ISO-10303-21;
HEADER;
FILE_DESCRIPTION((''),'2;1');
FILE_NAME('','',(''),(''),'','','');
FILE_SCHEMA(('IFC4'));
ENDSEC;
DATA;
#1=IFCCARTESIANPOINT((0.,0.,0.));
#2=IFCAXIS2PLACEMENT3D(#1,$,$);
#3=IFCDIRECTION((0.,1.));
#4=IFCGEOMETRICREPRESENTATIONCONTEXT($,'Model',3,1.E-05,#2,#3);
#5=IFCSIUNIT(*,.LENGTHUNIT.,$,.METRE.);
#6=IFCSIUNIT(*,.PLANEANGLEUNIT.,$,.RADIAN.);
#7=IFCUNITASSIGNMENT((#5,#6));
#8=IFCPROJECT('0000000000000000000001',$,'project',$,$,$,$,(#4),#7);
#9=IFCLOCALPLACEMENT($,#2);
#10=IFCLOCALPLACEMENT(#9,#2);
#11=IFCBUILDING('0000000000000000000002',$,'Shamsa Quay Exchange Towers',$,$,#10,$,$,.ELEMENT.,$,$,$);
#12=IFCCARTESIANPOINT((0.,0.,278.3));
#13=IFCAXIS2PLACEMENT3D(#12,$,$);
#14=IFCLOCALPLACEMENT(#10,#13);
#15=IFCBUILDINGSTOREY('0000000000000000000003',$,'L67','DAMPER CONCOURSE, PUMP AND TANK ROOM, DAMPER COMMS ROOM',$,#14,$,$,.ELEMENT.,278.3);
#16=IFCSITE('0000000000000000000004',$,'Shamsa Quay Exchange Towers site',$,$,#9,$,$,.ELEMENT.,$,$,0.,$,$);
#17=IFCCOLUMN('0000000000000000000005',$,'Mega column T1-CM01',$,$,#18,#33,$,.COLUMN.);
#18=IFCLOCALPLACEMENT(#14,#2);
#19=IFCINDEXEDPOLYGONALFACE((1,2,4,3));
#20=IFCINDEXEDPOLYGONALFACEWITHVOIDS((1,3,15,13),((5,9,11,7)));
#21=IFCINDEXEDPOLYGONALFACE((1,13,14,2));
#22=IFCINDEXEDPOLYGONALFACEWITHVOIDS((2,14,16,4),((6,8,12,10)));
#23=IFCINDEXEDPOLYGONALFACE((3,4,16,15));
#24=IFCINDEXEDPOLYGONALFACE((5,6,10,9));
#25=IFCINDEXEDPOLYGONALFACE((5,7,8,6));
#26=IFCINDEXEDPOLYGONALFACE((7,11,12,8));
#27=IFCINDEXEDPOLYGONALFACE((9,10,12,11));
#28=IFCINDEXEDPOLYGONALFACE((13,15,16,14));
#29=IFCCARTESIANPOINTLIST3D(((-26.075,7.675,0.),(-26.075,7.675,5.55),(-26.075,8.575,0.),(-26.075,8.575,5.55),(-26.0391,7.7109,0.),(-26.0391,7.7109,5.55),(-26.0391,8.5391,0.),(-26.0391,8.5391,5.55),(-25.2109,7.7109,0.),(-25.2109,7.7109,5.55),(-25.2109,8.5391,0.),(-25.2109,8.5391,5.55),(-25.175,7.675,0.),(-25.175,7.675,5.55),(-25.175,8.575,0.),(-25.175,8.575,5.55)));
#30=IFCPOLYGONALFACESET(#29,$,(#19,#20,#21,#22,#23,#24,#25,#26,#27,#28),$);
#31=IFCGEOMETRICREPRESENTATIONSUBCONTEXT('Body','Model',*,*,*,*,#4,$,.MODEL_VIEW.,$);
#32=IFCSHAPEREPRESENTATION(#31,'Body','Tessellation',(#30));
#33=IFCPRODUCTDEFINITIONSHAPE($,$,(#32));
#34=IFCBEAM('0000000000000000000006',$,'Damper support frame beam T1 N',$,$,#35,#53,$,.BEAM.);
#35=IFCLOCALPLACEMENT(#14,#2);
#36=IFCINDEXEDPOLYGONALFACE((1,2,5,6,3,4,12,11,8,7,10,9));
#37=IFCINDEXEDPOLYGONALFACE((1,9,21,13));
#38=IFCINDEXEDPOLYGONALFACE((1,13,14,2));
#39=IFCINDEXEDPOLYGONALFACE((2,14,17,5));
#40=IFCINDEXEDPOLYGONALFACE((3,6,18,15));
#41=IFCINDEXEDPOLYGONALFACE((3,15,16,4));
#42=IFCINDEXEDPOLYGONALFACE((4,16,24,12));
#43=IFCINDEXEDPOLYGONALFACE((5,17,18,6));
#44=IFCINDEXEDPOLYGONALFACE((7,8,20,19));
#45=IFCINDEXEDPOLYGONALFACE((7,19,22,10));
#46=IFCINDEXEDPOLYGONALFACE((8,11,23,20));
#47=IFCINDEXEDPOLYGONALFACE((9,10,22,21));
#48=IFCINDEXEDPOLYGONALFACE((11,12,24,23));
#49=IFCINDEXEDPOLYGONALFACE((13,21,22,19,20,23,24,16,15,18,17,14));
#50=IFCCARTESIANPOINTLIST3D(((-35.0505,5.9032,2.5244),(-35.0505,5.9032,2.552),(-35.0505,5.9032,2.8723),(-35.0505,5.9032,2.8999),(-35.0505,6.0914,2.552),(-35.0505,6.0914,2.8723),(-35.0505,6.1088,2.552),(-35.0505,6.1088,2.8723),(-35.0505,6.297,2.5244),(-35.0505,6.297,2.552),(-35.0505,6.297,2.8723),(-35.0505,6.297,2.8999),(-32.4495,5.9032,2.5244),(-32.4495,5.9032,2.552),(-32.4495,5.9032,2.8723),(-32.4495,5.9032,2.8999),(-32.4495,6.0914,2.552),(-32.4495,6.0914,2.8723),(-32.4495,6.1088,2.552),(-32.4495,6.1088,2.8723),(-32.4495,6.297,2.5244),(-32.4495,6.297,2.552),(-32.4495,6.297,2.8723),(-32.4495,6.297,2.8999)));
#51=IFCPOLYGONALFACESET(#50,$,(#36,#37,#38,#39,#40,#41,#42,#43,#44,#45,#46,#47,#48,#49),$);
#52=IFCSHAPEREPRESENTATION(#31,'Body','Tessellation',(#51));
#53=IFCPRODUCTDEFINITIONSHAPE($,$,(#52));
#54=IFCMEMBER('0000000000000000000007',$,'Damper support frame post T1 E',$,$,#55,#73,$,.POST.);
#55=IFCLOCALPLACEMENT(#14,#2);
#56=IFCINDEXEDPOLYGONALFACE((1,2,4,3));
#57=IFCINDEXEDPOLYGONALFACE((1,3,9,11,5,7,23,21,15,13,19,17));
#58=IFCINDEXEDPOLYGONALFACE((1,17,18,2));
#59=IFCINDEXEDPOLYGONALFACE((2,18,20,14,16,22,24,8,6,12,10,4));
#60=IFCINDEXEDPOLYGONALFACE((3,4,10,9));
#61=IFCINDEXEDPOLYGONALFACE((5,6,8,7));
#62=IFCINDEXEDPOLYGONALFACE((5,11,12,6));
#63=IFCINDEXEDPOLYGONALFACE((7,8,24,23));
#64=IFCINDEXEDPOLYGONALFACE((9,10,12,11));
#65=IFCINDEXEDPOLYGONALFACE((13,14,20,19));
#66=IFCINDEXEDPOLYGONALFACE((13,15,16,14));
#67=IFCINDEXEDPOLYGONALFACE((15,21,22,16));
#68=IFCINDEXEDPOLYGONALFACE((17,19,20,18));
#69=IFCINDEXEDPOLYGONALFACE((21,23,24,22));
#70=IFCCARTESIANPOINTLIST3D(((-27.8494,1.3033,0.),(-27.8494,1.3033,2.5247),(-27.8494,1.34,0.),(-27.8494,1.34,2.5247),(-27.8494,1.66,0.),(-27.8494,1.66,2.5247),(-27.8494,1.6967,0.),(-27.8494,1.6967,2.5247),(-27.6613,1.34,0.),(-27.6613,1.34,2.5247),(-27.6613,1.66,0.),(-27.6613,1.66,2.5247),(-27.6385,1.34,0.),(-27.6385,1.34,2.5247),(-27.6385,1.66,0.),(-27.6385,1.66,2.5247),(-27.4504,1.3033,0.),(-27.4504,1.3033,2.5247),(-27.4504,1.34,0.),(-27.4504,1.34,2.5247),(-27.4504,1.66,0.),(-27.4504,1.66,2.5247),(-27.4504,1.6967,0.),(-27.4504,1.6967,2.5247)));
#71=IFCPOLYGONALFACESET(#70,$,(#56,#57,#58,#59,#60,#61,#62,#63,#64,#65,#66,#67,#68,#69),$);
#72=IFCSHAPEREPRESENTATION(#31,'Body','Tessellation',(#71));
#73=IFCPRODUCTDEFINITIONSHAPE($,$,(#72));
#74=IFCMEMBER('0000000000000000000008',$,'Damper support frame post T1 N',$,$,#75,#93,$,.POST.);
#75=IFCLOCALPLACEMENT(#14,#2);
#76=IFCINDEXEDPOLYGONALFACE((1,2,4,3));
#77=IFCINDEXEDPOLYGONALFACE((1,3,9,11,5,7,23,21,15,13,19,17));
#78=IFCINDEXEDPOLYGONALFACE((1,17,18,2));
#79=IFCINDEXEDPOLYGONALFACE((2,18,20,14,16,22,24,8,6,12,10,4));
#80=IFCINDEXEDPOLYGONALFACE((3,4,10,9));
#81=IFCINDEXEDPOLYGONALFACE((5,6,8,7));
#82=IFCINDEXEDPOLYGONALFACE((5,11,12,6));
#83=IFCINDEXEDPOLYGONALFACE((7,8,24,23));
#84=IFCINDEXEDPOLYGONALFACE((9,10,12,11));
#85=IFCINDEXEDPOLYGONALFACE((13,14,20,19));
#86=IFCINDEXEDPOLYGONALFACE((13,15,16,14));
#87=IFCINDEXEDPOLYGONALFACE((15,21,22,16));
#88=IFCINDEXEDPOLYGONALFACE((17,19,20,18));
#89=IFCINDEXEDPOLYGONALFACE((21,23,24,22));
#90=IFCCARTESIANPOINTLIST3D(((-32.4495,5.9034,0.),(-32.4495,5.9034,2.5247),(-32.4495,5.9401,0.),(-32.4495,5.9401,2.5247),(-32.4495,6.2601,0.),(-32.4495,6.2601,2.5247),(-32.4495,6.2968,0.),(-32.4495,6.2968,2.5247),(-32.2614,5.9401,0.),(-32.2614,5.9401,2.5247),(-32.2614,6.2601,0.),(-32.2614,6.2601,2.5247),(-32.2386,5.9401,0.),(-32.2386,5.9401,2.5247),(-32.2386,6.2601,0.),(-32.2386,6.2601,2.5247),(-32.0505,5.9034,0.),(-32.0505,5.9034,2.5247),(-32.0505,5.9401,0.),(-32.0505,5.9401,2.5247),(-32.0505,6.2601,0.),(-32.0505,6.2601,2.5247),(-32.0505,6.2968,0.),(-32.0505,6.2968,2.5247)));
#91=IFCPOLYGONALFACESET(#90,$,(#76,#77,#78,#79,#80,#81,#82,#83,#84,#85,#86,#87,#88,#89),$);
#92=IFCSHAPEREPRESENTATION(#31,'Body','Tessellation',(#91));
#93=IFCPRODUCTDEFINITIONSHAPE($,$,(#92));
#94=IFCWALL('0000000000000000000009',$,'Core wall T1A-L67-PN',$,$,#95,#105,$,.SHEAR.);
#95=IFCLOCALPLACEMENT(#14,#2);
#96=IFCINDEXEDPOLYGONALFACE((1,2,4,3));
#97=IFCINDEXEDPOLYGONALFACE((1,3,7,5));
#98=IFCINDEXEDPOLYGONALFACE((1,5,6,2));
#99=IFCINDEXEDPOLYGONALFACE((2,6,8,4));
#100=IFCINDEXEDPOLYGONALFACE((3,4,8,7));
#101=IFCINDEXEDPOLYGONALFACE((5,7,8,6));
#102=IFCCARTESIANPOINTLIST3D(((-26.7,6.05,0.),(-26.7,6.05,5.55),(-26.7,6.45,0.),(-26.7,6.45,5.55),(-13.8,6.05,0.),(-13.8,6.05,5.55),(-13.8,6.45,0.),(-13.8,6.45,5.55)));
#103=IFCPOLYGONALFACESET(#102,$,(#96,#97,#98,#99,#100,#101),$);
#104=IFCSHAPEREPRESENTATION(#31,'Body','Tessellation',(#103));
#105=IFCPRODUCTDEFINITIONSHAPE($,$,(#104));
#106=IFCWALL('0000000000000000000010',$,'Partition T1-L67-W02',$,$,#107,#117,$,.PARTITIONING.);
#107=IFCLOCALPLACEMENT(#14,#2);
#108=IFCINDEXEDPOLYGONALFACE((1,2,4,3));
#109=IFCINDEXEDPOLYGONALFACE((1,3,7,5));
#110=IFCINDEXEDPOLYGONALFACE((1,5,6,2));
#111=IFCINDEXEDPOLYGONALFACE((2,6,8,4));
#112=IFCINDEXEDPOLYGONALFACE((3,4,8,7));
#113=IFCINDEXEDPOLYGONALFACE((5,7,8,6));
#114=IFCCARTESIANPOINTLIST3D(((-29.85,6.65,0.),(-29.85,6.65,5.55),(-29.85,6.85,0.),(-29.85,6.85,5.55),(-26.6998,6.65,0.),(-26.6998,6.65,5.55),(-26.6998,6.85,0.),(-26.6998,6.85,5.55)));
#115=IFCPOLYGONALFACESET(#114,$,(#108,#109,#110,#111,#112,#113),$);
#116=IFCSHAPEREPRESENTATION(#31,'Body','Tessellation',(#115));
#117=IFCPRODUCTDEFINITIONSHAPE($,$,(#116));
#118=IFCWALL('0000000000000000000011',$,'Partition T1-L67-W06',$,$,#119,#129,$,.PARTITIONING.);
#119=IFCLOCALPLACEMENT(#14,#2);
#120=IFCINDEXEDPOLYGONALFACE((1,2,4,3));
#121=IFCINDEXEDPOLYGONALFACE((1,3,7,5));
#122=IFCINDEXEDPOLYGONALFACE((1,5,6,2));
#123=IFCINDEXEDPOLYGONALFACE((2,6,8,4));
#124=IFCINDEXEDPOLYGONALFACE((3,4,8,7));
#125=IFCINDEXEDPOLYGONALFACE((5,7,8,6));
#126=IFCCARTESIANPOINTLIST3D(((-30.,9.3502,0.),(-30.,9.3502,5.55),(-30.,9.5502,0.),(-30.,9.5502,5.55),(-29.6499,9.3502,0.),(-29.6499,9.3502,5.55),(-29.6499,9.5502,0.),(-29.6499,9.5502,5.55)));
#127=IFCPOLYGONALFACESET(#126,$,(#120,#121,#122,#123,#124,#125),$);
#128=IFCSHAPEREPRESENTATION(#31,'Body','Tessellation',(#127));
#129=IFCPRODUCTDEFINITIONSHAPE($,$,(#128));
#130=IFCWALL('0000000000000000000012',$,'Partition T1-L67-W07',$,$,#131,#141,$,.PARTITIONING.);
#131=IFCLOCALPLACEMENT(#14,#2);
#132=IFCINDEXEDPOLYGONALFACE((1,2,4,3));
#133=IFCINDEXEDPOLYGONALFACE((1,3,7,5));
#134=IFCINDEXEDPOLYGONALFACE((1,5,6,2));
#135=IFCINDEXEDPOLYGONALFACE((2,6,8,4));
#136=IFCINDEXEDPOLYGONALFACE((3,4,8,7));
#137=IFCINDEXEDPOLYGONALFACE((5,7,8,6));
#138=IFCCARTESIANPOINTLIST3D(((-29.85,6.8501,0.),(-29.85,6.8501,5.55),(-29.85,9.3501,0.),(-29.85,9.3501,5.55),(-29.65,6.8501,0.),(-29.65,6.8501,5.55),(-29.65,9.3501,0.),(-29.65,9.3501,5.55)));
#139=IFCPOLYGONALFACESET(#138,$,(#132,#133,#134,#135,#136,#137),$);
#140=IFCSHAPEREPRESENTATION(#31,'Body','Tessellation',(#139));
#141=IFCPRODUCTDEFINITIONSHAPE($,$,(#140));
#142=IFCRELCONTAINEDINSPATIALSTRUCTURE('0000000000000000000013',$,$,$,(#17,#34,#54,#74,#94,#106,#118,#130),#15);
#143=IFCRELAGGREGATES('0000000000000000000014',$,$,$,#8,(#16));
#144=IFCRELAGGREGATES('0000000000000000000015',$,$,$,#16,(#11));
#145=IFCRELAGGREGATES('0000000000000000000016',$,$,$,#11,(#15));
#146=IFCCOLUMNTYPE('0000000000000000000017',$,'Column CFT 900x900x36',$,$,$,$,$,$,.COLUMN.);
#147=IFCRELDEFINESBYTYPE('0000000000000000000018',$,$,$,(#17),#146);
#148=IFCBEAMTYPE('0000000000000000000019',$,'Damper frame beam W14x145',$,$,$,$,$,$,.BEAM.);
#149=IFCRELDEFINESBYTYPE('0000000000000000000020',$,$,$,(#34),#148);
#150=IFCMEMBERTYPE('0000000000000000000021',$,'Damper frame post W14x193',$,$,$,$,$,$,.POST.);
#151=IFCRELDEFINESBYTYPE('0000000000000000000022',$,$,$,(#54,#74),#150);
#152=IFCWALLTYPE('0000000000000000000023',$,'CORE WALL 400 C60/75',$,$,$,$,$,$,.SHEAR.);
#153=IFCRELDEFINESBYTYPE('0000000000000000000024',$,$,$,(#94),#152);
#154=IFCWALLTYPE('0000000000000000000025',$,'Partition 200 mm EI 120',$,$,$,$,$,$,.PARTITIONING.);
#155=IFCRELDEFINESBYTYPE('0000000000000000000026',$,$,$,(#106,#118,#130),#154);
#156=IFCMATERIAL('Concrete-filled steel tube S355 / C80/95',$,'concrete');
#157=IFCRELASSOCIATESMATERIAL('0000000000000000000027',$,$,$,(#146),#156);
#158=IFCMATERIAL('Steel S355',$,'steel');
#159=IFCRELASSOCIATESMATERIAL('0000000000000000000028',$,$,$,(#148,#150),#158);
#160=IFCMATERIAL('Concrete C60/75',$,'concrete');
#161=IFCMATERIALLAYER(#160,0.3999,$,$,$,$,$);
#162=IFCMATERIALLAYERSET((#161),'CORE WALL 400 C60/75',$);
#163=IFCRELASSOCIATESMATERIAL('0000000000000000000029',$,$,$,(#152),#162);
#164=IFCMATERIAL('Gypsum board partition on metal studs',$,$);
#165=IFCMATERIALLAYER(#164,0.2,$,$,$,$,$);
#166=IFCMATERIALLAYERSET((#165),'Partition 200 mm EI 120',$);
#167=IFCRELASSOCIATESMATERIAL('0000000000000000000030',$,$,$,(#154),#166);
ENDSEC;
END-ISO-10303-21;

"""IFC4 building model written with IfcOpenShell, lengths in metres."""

from ifc_helpers import new_model, si_unit, direction, frame, frame_2d, origin, origin_2d, place, context, subcontext, project, spatial, rectangle, hollow_rectangle, i_section, extrude, material, layer, layer_set, material_profile, profile_set, type_object, element, save


model = new_model("IFC4")

# Units and contexts
model_context = context("Model", 3, precision=1e-05, world=origin(), true_north=direction((0.0, 1.0)))
body_context = subcontext(model_context, "Body", "Model", "MODEL_VIEW")
ifc_project = project(units=[si_unit("LENGTHUNIT", "METRE"), si_unit("PLANEANGLEUNIT", "RADIAN")], contexts=[model_context])

# Site, building, storey
site_placement = place(None, origin())
site = spatial("IfcSite", under=ifc_project, at=site_placement, Name="Shamsa Quay Exchange Towers site", CompositionType="ELEMENT", RefElevation=0.0)
building_placement = place(site_placement, origin())
building = spatial("IfcBuilding", under=site, at=building_placement, Name="Shamsa Quay Exchange Towers", CompositionType="ELEMENT")
storey_placement = place(building_placement, frame((0.0, 0.0, 278.3)))
storey = spatial("IfcBuildingStorey", under=building, at=storey_placement, Name="L67", Description="DAMPER CONCOURSE, PUMP AND TANK ROOM, DAMPER COMMS ROOM", CompositionType="ELEMENT", Elevation=278.3)

# Column
ifc_material_1 = material(Name="Concrete-filled steel tube S355 / C80/95", Category="concrete")
ifc_material_profile_1 = material_profile(ifc_material_1, hollow_rectangle(XDim=0.8999, YDim=0.8999, WallThickness=0.0359, at=origin_2d()), Name="CFT 900x900x36")
ifc_profile_set_1 = profile_set([ifc_material_profile_1], Name="Concrete-filled steel tube S355 / C80/95")
column_type = type_object("IfcColumnType", Name="Column CFT 900x900x36", PredefinedType="COLUMN", material=ifc_profile_set_1)
column_placement = place(storey_placement, frame((-25.625, 8.125, 0.0)))
element("IfcColumn", 1, at=column_placement, inside=storey, type_object=column_type, Name="Mega column T1-CM01", PredefinedType="COLUMN", context=body_context, shape_type="SweptSolid", body=[
    extrude(hollow_rectangle(XDim=0.8999, YDim=0.8999, WallThickness=0.0359, at=origin_2d()), origin(), (0.0, 0.0, 1.0), 5.55),
])

# Beam
ifc_material_2 = material(Name="Steel S355", Category="steel")
ifc_material_profile_2 = material_profile(ifc_material_2, i_section(OverallWidth=0.3938, OverallDepth=0.3755, WebThickness=0.0173, FlangeThickness=0.0276, at=origin_2d()), Name="W14x145")
ifc_profile_set_2 = profile_set([ifc_material_profile_2], Name="Steel S355")
beam_type = type_object("IfcBeamType", Name="Damper frame beam W14x145", PredefinedType="BEAM", material=ifc_profile_set_2)
beam_placement = place(storey_placement, frame((-35.0505, 6.1001, 2.7122), z_axis=(1.0, 0.0, 0.0), x_axis=(0.0, 1.0, 0.0)))
element("IfcBeam", 2, at=beam_placement, inside=storey, type_object=beam_type, Name="Damper support frame beam T1 N", PredefinedType="BEAM", context=body_context, shape_type="SweptSolid", body=[
    extrude(i_section(OverallWidth=0.3938, OverallDepth=0.3755, WebThickness=0.0173, FlangeThickness=0.0276, at=origin_2d()), origin(), (0.0, 0.0, 1.0), 2.6011),
])

# Members
ifc_material_profile_3 = material_profile(ifc_material_2, i_section(OverallWidth=0.3989, OverallDepth=0.3933, WebThickness=0.0227, FlangeThickness=0.0366, at=origin_2d()), Name="W14x193")
ifc_profile_set_3 = profile_set([ifc_material_profile_3], Name="Steel S355")
member_type = type_object("IfcMemberType", Name="Damper frame post W14x193", PredefinedType="POST", material=ifc_profile_set_3)
for number, where, name in (
    (3, (-27.6499, 1.5, 0.0), "Damper support frame post T1 E"),
    (4, (-32.25, 6.1001, 0.0), "Damper support frame post T1 N"),
):
    element("IfcMember", number, at=place(storey_placement, frame(where)), inside=storey, type_object=member_type, Name=name, PredefinedType="POST", context=body_context, shape_type="SweptSolid", body=[
        extrude(i_section(OverallWidth=0.3989, OverallDepth=0.3933, WebThickness=0.0227, FlangeThickness=0.0366, at=origin_2d()), origin(), (0.0, 0.0, 1.0), 2.5247),
    ])

# Wall
ifc_material_3 = material(Name="Concrete C60/75", Category="concrete")
ifc_layer_1 = layer(ifc_material_3, 0.3999)
ifc_layer_set_1 = layer_set([ifc_layer_1], Name="CORE WALL 400 C60/75")
wall_type_1 = type_object("IfcWallType", Name="CORE WALL 400 C60/75", PredefinedType="SHEAR", material=ifc_layer_set_1)
wall_1_placement = place(storey_placement, frame((-26.7, 6.25, 0.0)))
element("IfcWall", 5, at=wall_1_placement, inside=storey, type_object=wall_type_1, Name="Core wall T1A-L67-PN", PredefinedType="SHEAR", context=body_context, shape_type="SweptSolid", body=[
    extrude(rectangle(XDim=12.8999, YDim=0.3999, at=frame_2d((6.45, 0.0))), origin(), (0.0, 0.0, 1.0), 5.55),
])

# Walls
ifc_material_4 = material(Name="Gypsum board partition on metal studs")
ifc_layer_2 = layer(ifc_material_4, 0.2)
ifc_layer_set_2 = layer_set([ifc_layer_2], Name="Partition 200 mm EI 120")
wall_type_2 = type_object("IfcWallType", Name="Partition 200 mm EI 120", PredefinedType="PARTITIONING", material=ifc_layer_set_2)
wall_2_placement = place(storey_placement, frame((-29.8501, 6.75, 0.0)))
element("IfcWall", 6, at=wall_2_placement, inside=storey, type_object=wall_type_2, Name="Partition T1-L67-W02", PredefinedType="PARTITIONING", context=body_context, shape_type="SweptSolid", body=[
    extrude(rectangle(XDim=3.1501, YDim=0.2, at=frame_2d((1.5752, 0.0))), origin(), (0.0, 0.0, 1.0), 5.55),
])
wall_3_placement = place(storey_placement, frame((-30.0, 9.4502, 0.0)))
element("IfcWall", 7, at=wall_3_placement, inside=storey, type_object=wall_type_2, Name="Partition T1-L67-W06", PredefinedType="PARTITIONING", context=body_context, shape_type="SweptSolid", body=[
    extrude(rectangle(XDim=0.3501, YDim=0.2, at=frame_2d((0.175, 0.0))), origin(), (0.0, 0.0, 1.0), 5.55),
])
wall_4_placement = place(storey_placement, frame((-29.75, 9.3501, 0.0), z_axis=(0.0, 0.0, 1.0), x_axis=(0.0, -1.0, 0.0)))
element("IfcWall", 8, at=wall_4_placement, inside=storey, type_object=wall_type_2, Name="Partition T1-L67-W07", PredefinedType="PARTITIONING", context=body_context, shape_type="SweptSolid", body=[
    extrude(rectangle(XDim=2.5, YDim=0.2, at=frame_2d((1.25, 0.0))), origin(), (0.0, 0.0, 1.0), 5.55),
])

save(model, "model.ifc")
